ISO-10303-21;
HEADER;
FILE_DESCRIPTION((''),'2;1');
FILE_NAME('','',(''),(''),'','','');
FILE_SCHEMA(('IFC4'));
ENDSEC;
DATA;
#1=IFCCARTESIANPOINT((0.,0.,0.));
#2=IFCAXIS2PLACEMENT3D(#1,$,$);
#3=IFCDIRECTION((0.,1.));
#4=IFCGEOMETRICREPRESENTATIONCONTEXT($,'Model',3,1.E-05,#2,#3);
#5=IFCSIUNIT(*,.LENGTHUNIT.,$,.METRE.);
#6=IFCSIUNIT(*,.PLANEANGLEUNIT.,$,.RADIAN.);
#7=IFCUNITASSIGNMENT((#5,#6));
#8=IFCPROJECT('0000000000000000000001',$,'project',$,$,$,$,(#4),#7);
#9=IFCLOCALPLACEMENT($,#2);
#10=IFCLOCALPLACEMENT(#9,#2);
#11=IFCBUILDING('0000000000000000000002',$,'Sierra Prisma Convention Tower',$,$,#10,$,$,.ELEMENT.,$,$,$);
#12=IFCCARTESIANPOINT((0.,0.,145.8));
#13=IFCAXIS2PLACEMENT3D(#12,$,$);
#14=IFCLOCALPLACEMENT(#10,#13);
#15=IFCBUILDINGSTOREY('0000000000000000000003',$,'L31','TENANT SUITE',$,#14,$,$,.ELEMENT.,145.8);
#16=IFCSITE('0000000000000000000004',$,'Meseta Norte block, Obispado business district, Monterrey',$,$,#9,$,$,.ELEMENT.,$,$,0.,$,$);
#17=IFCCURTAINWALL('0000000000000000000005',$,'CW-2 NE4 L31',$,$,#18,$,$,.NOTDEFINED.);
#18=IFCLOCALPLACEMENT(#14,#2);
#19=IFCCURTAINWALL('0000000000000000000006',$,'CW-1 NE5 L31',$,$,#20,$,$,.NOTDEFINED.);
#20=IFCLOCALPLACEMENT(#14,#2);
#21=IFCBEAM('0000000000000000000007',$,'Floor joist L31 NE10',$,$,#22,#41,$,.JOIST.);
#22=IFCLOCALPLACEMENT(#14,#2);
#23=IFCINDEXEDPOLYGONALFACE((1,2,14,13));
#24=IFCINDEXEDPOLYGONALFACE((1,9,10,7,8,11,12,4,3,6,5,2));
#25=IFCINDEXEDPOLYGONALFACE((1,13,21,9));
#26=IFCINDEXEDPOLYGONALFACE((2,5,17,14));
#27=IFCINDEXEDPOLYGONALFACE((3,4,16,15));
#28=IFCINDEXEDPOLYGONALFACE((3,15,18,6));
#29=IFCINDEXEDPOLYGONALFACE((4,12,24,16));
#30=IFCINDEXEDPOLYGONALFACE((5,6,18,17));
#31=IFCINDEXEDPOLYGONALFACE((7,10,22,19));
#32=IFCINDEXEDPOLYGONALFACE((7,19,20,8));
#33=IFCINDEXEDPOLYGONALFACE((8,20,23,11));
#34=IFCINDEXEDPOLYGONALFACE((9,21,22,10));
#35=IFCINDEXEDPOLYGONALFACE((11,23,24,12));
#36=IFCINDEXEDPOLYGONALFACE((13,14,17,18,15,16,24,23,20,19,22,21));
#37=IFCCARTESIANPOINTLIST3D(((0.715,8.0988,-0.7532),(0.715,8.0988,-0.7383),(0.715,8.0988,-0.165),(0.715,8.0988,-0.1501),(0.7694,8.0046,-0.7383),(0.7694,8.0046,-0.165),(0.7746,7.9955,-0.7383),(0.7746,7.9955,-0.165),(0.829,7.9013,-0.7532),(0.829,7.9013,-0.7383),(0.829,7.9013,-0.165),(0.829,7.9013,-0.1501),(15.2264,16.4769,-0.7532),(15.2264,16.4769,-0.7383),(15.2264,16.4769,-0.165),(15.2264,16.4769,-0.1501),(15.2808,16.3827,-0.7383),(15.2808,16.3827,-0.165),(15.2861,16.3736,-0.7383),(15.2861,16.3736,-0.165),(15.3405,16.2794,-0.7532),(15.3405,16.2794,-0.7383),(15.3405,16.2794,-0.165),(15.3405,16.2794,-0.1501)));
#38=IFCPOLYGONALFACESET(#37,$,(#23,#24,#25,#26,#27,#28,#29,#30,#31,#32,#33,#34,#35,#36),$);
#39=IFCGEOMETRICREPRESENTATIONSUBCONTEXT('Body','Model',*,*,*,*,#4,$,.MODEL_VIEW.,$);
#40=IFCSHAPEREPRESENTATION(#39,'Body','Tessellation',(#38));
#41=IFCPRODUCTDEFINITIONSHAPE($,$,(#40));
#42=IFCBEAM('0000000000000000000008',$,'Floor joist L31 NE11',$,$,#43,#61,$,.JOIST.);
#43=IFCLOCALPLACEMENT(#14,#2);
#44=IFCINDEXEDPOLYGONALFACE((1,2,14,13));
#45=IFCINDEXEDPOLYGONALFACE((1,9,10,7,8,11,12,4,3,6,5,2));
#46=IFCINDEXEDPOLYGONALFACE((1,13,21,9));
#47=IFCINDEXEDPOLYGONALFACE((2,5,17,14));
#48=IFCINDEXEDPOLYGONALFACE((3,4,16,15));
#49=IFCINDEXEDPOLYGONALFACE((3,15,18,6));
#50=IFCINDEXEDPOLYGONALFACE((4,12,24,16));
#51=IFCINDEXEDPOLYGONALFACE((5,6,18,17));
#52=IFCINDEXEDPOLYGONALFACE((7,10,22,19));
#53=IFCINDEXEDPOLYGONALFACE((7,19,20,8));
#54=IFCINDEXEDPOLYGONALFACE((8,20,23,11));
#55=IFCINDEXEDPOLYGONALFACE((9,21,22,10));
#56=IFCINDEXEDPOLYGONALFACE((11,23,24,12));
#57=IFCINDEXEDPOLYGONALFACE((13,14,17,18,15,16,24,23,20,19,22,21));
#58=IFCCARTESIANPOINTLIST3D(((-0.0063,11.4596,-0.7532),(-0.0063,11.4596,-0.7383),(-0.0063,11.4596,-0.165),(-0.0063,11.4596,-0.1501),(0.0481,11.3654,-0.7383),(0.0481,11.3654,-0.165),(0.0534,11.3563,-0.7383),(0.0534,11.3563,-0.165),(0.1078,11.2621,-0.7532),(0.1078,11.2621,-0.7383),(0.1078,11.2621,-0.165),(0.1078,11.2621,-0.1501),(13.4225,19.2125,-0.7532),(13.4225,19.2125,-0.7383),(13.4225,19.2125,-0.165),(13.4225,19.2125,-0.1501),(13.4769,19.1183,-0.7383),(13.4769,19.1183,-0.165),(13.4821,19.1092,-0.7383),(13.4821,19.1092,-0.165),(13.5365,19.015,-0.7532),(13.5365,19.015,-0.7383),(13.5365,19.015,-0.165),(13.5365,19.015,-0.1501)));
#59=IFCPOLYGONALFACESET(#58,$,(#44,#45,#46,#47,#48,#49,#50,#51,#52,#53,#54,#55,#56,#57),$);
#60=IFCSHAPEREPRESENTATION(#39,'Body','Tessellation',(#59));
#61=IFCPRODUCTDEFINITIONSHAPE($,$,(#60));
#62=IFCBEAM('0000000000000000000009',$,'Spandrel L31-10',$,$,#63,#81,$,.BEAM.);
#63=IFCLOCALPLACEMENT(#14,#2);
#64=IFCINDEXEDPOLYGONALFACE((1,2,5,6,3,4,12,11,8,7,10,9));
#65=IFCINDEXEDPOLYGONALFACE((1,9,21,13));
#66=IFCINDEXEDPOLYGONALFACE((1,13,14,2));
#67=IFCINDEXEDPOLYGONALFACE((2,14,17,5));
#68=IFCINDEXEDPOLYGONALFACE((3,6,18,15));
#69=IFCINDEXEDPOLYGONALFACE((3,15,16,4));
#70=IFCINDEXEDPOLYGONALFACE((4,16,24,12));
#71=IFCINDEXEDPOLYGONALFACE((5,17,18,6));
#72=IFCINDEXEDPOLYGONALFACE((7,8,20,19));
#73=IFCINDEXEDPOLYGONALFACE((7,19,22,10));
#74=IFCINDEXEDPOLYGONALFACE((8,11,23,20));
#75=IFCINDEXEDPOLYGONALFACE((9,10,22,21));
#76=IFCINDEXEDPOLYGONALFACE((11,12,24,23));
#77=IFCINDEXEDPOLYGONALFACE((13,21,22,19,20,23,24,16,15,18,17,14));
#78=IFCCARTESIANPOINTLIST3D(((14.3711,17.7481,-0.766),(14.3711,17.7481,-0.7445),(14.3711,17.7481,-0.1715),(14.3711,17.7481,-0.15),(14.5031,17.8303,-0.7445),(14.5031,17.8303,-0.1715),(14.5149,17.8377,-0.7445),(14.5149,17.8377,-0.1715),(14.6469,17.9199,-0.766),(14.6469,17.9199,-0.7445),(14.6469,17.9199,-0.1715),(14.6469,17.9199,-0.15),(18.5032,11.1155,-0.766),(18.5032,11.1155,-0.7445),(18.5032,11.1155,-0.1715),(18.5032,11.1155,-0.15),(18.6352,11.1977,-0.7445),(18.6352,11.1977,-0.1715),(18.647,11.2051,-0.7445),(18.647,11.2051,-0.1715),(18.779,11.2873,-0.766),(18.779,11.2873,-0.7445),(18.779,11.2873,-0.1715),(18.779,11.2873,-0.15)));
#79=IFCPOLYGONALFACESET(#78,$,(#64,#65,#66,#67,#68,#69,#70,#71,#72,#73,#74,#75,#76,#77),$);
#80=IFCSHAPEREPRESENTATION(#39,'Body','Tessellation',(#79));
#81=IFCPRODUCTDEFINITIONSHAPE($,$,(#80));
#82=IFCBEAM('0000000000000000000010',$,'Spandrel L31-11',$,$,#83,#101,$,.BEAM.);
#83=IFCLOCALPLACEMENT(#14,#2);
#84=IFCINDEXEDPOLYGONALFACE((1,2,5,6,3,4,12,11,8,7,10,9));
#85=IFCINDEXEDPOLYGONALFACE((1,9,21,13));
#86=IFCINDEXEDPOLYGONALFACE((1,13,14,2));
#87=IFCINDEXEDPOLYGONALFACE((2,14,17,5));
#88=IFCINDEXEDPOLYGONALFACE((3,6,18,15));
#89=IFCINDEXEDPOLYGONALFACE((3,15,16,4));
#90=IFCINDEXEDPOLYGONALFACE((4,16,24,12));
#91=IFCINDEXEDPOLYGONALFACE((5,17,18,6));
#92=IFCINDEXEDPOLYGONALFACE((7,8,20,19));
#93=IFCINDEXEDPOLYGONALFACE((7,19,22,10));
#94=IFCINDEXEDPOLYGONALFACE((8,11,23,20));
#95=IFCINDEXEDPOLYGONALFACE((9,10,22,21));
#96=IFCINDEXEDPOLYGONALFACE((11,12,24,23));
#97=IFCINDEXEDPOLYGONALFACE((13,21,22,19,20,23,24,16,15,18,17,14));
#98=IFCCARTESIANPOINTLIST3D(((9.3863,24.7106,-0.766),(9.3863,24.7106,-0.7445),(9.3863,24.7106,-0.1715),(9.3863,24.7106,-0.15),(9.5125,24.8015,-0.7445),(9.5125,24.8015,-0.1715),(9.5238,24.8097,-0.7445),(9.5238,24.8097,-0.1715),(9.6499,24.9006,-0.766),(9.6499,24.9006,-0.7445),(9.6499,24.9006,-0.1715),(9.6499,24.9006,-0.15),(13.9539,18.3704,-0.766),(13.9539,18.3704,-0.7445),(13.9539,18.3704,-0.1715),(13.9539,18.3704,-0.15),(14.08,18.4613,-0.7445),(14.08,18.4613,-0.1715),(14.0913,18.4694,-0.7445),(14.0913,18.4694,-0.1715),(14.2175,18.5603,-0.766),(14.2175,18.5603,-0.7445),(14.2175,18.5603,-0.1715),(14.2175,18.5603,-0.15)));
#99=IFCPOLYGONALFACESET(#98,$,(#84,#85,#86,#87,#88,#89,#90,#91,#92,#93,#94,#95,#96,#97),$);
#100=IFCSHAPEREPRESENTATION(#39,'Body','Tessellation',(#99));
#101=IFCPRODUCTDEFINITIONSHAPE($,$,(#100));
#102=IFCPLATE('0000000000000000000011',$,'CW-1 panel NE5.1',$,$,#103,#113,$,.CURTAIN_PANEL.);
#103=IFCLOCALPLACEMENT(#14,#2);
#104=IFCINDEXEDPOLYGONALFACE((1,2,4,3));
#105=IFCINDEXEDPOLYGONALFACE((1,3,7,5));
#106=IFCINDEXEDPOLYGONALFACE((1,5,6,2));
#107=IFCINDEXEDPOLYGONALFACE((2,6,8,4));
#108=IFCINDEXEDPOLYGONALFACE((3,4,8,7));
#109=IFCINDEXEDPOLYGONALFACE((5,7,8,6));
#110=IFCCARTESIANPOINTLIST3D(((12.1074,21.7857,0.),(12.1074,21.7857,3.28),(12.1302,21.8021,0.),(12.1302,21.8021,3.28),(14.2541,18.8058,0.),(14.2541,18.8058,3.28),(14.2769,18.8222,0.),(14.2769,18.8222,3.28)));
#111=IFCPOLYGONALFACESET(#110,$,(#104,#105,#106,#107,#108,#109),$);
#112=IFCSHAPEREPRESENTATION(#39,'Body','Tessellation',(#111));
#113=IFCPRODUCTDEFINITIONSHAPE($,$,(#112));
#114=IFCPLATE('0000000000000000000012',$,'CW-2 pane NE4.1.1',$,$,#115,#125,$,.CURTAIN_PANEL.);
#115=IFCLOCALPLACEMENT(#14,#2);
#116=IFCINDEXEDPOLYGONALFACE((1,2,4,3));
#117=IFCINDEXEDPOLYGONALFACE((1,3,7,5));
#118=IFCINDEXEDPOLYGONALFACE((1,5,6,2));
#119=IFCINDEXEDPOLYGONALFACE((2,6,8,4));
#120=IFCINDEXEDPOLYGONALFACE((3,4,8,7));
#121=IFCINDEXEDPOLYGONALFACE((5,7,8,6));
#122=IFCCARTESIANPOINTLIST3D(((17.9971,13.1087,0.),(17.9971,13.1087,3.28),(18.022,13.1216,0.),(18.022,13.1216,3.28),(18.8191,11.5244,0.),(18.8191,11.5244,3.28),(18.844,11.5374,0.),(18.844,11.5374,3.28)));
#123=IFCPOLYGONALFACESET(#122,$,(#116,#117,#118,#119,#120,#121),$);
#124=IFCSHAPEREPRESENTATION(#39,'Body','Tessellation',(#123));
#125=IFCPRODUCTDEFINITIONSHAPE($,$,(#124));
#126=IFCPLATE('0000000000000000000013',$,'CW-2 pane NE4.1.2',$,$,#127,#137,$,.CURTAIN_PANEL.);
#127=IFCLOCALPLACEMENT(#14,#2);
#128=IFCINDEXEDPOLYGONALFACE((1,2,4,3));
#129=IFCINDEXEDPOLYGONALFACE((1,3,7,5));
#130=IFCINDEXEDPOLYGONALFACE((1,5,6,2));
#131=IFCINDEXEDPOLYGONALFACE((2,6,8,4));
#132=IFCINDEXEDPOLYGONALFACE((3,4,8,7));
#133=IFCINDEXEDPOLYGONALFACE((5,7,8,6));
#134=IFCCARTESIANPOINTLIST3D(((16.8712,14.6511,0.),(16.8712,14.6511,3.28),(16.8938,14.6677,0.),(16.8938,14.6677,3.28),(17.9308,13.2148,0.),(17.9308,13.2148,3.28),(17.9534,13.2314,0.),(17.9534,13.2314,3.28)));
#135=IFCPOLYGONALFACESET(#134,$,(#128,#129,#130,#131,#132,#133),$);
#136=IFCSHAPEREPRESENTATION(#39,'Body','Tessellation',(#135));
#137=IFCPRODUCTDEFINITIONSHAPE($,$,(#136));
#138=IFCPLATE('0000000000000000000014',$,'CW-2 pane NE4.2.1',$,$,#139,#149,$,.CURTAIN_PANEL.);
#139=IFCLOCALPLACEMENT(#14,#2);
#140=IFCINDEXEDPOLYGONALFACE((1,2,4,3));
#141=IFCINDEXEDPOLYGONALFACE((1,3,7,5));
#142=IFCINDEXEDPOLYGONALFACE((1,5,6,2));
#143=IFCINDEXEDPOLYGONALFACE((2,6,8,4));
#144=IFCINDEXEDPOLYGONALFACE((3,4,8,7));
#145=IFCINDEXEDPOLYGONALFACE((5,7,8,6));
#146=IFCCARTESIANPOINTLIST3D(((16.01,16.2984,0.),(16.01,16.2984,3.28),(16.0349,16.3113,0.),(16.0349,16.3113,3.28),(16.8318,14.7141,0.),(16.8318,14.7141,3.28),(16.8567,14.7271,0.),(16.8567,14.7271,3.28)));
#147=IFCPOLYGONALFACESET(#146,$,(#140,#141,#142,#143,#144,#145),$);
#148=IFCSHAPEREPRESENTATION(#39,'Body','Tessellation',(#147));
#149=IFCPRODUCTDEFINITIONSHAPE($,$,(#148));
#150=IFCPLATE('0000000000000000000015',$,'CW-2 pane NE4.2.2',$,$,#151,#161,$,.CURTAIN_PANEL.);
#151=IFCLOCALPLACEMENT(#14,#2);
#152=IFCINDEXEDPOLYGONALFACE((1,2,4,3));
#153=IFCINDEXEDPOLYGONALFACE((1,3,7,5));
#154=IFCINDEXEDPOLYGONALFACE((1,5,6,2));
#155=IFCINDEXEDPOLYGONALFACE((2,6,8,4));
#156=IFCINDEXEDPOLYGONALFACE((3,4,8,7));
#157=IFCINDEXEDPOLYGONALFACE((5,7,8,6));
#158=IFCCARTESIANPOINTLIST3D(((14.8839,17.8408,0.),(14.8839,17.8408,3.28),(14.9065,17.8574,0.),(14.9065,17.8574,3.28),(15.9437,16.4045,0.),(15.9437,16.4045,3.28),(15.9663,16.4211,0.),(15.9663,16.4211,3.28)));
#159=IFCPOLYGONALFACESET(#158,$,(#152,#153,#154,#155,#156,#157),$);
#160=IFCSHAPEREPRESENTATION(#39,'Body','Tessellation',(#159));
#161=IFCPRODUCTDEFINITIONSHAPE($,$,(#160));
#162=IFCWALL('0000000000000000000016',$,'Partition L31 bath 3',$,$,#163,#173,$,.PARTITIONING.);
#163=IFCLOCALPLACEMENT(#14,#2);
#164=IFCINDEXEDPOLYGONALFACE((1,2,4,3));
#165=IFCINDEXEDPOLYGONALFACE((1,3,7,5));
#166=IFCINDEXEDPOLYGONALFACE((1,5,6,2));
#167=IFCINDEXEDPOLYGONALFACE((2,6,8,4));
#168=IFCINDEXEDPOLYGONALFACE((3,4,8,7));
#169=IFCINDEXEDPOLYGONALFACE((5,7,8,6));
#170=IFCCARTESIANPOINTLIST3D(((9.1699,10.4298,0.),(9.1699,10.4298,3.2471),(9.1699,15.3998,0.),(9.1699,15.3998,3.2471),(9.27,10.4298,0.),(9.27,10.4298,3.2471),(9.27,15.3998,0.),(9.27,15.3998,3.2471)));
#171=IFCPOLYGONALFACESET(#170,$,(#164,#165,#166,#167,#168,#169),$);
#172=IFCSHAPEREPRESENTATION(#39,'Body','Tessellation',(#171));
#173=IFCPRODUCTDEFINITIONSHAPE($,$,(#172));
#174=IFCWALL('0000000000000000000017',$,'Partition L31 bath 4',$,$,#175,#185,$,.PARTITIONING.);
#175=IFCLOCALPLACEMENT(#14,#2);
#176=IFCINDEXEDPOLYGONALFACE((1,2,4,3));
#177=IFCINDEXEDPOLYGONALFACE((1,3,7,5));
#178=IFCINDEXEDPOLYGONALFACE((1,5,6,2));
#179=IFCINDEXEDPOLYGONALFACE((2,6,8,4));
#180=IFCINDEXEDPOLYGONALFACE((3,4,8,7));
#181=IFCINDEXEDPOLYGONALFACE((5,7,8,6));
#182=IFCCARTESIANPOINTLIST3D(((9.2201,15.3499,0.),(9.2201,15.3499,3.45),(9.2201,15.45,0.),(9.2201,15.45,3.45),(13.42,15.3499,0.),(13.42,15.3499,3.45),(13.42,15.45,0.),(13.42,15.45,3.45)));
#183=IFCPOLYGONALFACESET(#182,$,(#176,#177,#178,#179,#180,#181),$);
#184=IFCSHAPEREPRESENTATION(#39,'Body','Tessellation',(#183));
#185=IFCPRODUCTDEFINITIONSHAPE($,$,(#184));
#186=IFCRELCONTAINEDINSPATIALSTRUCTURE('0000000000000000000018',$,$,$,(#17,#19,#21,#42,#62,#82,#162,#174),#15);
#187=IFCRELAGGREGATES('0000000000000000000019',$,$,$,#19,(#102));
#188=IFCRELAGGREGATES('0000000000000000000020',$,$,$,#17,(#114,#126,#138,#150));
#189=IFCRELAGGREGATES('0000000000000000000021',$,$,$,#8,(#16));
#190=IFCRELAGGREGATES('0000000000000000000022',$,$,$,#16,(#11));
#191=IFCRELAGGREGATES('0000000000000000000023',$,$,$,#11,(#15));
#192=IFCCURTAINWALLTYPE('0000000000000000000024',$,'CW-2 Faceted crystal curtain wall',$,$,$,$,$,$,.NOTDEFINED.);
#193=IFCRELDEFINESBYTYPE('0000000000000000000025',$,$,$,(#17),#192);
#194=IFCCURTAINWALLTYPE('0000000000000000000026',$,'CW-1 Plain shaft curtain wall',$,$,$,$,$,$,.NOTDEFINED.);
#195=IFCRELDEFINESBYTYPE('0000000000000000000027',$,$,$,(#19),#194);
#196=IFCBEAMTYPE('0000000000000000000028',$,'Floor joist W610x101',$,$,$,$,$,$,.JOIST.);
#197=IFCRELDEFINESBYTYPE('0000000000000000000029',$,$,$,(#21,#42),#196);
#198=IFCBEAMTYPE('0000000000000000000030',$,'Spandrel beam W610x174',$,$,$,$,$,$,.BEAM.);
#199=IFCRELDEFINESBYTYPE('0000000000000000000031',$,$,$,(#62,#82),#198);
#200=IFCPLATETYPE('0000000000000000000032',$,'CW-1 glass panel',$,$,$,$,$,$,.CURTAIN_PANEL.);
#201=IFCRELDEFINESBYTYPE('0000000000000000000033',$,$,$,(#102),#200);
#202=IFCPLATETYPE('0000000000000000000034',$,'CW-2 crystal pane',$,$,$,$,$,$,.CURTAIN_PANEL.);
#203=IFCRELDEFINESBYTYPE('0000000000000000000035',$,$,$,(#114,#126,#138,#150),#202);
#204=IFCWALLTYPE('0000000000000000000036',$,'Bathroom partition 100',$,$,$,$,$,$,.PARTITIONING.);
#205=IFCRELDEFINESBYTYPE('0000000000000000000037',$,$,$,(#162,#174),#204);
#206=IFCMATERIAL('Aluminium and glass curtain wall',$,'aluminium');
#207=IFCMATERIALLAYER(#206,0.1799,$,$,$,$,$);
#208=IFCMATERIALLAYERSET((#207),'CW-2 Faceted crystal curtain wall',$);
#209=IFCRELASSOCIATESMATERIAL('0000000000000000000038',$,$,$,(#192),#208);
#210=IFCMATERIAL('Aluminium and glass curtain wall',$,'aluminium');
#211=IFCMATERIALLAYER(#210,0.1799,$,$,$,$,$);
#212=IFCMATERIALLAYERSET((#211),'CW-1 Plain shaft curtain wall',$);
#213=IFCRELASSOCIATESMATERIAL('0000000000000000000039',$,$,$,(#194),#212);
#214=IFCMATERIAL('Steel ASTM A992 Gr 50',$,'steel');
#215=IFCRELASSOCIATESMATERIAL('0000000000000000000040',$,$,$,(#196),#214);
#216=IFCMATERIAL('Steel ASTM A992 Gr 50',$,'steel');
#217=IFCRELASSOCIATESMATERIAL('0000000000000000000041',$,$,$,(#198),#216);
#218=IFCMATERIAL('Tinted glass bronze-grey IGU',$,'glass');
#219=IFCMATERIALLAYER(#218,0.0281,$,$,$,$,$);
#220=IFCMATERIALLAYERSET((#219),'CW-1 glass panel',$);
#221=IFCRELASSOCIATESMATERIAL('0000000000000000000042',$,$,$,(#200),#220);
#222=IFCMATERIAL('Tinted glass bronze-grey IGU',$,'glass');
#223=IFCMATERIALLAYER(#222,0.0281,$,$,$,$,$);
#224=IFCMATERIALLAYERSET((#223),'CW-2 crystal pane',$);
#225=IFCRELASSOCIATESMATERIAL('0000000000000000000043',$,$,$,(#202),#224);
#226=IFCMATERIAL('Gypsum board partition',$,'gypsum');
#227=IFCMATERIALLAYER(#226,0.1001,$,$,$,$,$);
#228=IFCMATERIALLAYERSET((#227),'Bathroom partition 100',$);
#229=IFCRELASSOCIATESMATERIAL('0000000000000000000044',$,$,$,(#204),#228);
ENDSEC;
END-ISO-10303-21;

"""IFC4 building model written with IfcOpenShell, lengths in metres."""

from ifc_helpers import new_model, si_unit, direction, frame, frame_2d, origin, origin_2d, place, context, subcontext, project, spatial, polyline, rectangle, i_section, outline, extrude, material, layer, layer_set, material_profile, profile_set, type_object, element, aggregate, save


model = new_model("IFC4")

# Units and contexts
model_context = context("Model", 3, precision=1e-05, world=origin(), true_north=direction((0.0, 1.0)))
body_context = subcontext(model_context, "Body", "Model", "MODEL_VIEW")
ifc_project = project(units=[si_unit("LENGTHUNIT", "METRE"), si_unit("PLANEANGLEUNIT", "RADIAN")], contexts=[model_context])

# Site, building, storey
site_placement = place(None, origin())
site = spatial("IfcSite", under=ifc_project, at=site_placement, Name="Meseta Norte block, Obispado business district, Monterrey", CompositionType="ELEMENT", RefElevation=0.0)
building_placement = place(site_placement, origin())
building = spatial("IfcBuilding", under=site, at=building_placement, Name="Sierra Prisma Convention Tower", CompositionType="ELEMENT")
storey_placement = place(building_placement, frame((0.0, 0.0, 145.8)))
storey = spatial("IfcBuildingStorey", under=building, at=storey_placement, Name="L31", Description="TENANT SUITE", CompositionType="ELEMENT", Elevation=145.8)

# Curtain wall
ifc_material_1 = material(Name="Aluminium and glass curtain wall", Category="aluminium")
ifc_layer_1 = layer(ifc_material_1, 0.1799)
ifc_layer_set_1 = layer_set([ifc_layer_1], Name="CW-2 Faceted crystal curtain wall")
curtain_wall_type_1 = type_object("IfcCurtainWallType", Name="CW-2 Faceted crystal curtain wall", PredefinedType="NOTDEFINED", material=ifc_layer_set_1)
curtain_wall_1_placement = place(storey_placement, origin())
curtain_wall_1 = element("IfcCurtainWall", 1, at=curtain_wall_1_placement, inside=storey, type_object=curtain_wall_type_1, Name="CW-2 NE4 L31", PredefinedType="NOTDEFINED")

# Curtain wall
ifc_material_2 = material(Name="Aluminium and glass curtain wall", Category="aluminium")
ifc_layer_2 = layer(ifc_material_2, 0.1799)
ifc_layer_set_2 = layer_set([ifc_layer_2], Name="CW-1 Plain shaft curtain wall")
curtain_wall_type_2 = type_object("IfcCurtainWallType", Name="CW-1 Plain shaft curtain wall", PredefinedType="NOTDEFINED", material=ifc_layer_set_2)
curtain_wall_2_placement = place(storey_placement, origin())
curtain_wall_2 = element("IfcCurtainWall", 2, at=curtain_wall_2_placement, inside=storey, type_object=curtain_wall_type_2, Name="CW-1 NE5 L31", PredefinedType="NOTDEFINED")

# Beams
ifc_material_3 = material(Name="Steel ASTM A992 Gr 50", Category="steel")
ifc_material_profile_1 = material_profile(ifc_material_3, i_section(OverallWidth=0.228, OverallDepth=0.603, WebThickness=0.0105, FlangeThickness=0.0149, at=origin_2d()), Name="W610x101")
ifc_profile_set_1 = profile_set([ifc_material_profile_1], Name="Steel ASTM A992 Gr 50")
beam_type_1 = type_object("IfcBeamType", Name="Floor joist W610x101", PredefinedType="JOIST", material=ifc_profile_set_1)
beam_1_placement = place(storey_placement, frame((15.2834, 16.3782, -0.4517), z_axis=(-0.866026, -0.499999, 0.0), x_axis=(0.499999, -0.866026, 0.0)))
element("IfcBeam", 3, at=beam_1_placement, inside=storey, type_object=beam_type_1, Name="Floor joist L31 NE10", PredefinedType="JOIST", context=body_context, shape_type="SweptSolid", body=[
    extrude(i_section(OverallWidth=0.228, OverallDepth=0.603, WebThickness=0.0105, FlangeThickness=0.0149, at=origin_2d()), origin(), (0.0, 0.0, 1.0), 16.7563),
])
beam_2_placement = place(storey_placement, frame((13.4795, 19.1138, -0.4517), z_axis=(-0.866029, -0.499993, 0.0), x_axis=(0.499993, -0.866029, 0.0)))
element("IfcBeam", 4, at=beam_2_placement, inside=storey, type_object=beam_type_1, Name="Floor joist L31 NE11", PredefinedType="JOIST", context=body_context, shape_type="SweptSolid", body=[
    extrude(i_section(OverallWidth=0.228, OverallDepth=0.603, WebThickness=0.0105, FlangeThickness=0.0149, at=origin_2d()), origin(), (0.0, 0.0, 1.0), 15.5061),
])
ifc_material_4 = material(Name="Steel ASTM A992 Gr 50", Category="steel")
ifc_material_profile_2 = material_profile(ifc_material_4, i_section(OverallWidth=0.325, OverallDepth=0.616, WebThickness=0.0139, FlangeThickness=0.0215, at=origin_2d()), Name="W610x174")
ifc_profile_set_2 = profile_set([ifc_material_profile_2], Name="Steel ASTM A992 Gr 50")
beam_type_2 = type_object("IfcBeamType", Name="Spandrel beam W610x174", PredefinedType="BEAM", material=ifc_profile_set_2)
beam_3_placement = place(storey_placement, frame((18.6411, 11.2014, -0.458), z_axis=(-0.528777, 0.848761, 0.0), x_axis=(-0.848761, -0.528777, 0.0)))
element("IfcBeam", 5, at=beam_3_placement, inside=storey, type_object=beam_type_2, Name="Spandrel L31-10", PredefinedType="BEAM", context=body_context, shape_type="SweptSolid", body=[
    extrude(i_section(OverallWidth=0.325, OverallDepth=0.616, WebThickness=0.0139, FlangeThickness=0.0215, at=origin_2d()), origin(), (0.0, 0.0, 1.0), 7.8145),
])
beam_4_placement = place(storey_placement, frame((14.0857, 18.4653, -0.458), z_axis=(-0.584523, 0.811377, 0.0), x_axis=(-0.811377, -0.584523, 0.0)))
element("IfcBeam", 6, at=beam_4_placement, inside=storey, type_object=beam_type_2, Name="Spandrel L31-11", PredefinedType="BEAM", context=body_context, shape_type="SweptSolid", body=[
    extrude(i_section(OverallWidth=0.325, OverallDepth=0.616, WebThickness=0.0139, FlangeThickness=0.0215, at=origin_2d()), origin(), (0.0, 0.0, 1.0), 7.8142),
])

# Plates
ifc_material_5 = material(Name="Tinted glass bronze-grey IGU", Category="glass")
ifc_layer_3 = layer(ifc_material_5, 0.0281)
ifc_layer_set_3 = layer_set([ifc_layer_3], Name="CW-1 glass panel")
plate_type_1 = type_object("IfcPlateType", Name="CW-1 glass panel", PredefinedType="CURTAIN_PANEL", material=ifc_layer_set_3)
plate_1_placement = place(storey_placement, frame((13.1921, 20.304, 0.0), z_axis=(0.0, 0.0, 1.0), x_axis=(-0.584519, 0.81138, 0.0)))
plate_1 = element("IfcPlate", 7, at=plate_1_placement, type_object=plate_type_1, Name="CW-1 panel NE5.1", PredefinedType="CURTAIN_PANEL", context=body_context, shape_type="SweptSolid", body=[
    extrude(rectangle(XDim=3.6726, YDim=0.0281, at=origin_2d()), origin(), (0.0, 0.0, 1.0), 3.28),
])
aggregate(curtain_wall_2, [plate_1])
ifc_material_6 = material(Name="Tinted glass bronze-grey IGU", Category="glass")
ifc_layer_4 = layer(ifc_material_6, 0.0281)
ifc_layer_set_4 = layer_set([ifc_layer_4], Name="CW-2 crystal pane")
plate_type_2 = type_object("IfcPlateType", Name="CW-2 crystal pane", PredefinedType="CURTAIN_PANEL", material=ifc_layer_set_4)
plate_2_placement = place(storey_placement, frame((18.844, 11.5374, 0.0), z_axis=(0.887624, 0.460569, 0.0), x_axis=(-0.460569, 0.887624, 0.0)))
plate_2 = element("IfcPlate", 8, at=plate_2_placement, type_object=plate_type_2, Name="CW-2 pane NE4.1.1", PredefinedType="CURTAIN_PANEL", context=body_context, shape_type="SweptSolid", body=[
    extrude(outline(polyline([(0.0, 0.0), (1.7848, 0.0), (1.7848, 3.28), (0.0, 3.28), (0.0, 0.0)])), origin(), (0.0, 0.0, -1.0), 0.0281),
])
plate_3_placement = place(storey_placement, frame((16.8938, 14.6677, 0.0), z_axis=(0.804719, 0.593656, 0.0), x_axis=(0.593656, -0.804719, 0.0)))
plate_3 = element("IfcPlate", 9, at=plate_3_placement, type_object=plate_type_2, Name="CW-2 pane NE4.1.2", PredefinedType="CURTAIN_PANEL", context=body_context, shape_type="SweptSolid", body=[
    extrude(outline(polyline([(0.0, 0.0), (1.7848, 0.0), (1.7848, -3.28), (0.0, -3.28), (0.0, 0.0)])), origin(), (0.0, 0.0, -1.0), 0.0281),
])
plate_4_placement = place(storey_placement, frame((16.8567, 14.7271, 0.0), z_axis=(0.88768, 0.460461, 0.0), x_axis=(-0.460461, 0.88768, 0.0)))
plate_4 = element("IfcPlate", 10, at=plate_4_placement, type_object=plate_type_2, Name="CW-2 pane NE4.2.1", PredefinedType="CURTAIN_PANEL", context=body_context, shape_type="SweptSolid", body=[
    extrude(outline(polyline([(0.0, 0.0), (1.7847, 0.0), (1.7847, 3.28), (0.0, 3.28), (0.0, 0.0)])), origin(), (0.0, 0.0, -1.0), 0.0281),
])
plate_5_placement = place(storey_placement, frame((14.9065, 17.8574, 0.0), z_axis=(0.804653, 0.593745, 0.0), x_axis=(0.593745, -0.804653, 0.0)))
plate_5 = element("IfcPlate", 11, at=plate_5_placement, type_object=plate_type_2, Name="CW-2 pane NE4.2.2", PredefinedType="CURTAIN_PANEL", context=body_context, shape_type="SweptSolid", body=[
    extrude(outline(polyline([(0.0, 0.0), (1.785, 0.0), (1.785, -3.28), (0.0, -3.28), (0.0, 0.0)])), origin(), (0.0, 0.0, -1.0), 0.0281),
])
aggregate(curtain_wall_1, [plate_2, plate_3, plate_4, plate_5])

# Walls
ifc_material_7 = material(Name="Gypsum board partition", Category="gypsum")
ifc_layer_5 = layer(ifc_material_7, 0.1001)
ifc_layer_set_5 = layer_set([ifc_layer_5], Name="Bathroom partition 100")
wall_type_1 = type_object("IfcWallType", Name="Bathroom partition 100", PredefinedType="PARTITIONING", material=ifc_layer_set_5)
wall_1_placement = place(storey_placement, frame((9.22, 10.4299, 0.0), z_axis=(0.0, 0.0, 1.0), x_axis=(0.0, 1.0, 0.0)))
element("IfcWall", 12, at=wall_1_placement, inside=storey, type_object=wall_type_1, Name="Partition L31 bath 3", PredefinedType="PARTITIONING", context=body_context, shape_type="SweptSolid", body=[
    extrude(rectangle(XDim=4.97, YDim=0.1001, at=frame_2d((2.4849, 0.0))), origin(), (0.0, 0.0, 1.0), 3.2471),
])
wall_2_placement = place(storey_placement, frame((9.22, 15.3999, 0.0), z_axis=(0.0, 0.0, 1.0), x_axis=(1.0, 0.0, 0.0)))
element("IfcWall", 13, at=wall_2_placement, inside=storey, type_object=wall_type_1, Name="Partition L31 bath 4", PredefinedType="PARTITIONING", context=body_context, shape_type="SweptSolid", body=[
    extrude(rectangle(XDim=4.2, YDim=0.1001, at=frame_2d((2.1001, 0.0))), origin(), (0.0, 0.0, 1.0), 3.45),
])

save(model, "model.ifc")
